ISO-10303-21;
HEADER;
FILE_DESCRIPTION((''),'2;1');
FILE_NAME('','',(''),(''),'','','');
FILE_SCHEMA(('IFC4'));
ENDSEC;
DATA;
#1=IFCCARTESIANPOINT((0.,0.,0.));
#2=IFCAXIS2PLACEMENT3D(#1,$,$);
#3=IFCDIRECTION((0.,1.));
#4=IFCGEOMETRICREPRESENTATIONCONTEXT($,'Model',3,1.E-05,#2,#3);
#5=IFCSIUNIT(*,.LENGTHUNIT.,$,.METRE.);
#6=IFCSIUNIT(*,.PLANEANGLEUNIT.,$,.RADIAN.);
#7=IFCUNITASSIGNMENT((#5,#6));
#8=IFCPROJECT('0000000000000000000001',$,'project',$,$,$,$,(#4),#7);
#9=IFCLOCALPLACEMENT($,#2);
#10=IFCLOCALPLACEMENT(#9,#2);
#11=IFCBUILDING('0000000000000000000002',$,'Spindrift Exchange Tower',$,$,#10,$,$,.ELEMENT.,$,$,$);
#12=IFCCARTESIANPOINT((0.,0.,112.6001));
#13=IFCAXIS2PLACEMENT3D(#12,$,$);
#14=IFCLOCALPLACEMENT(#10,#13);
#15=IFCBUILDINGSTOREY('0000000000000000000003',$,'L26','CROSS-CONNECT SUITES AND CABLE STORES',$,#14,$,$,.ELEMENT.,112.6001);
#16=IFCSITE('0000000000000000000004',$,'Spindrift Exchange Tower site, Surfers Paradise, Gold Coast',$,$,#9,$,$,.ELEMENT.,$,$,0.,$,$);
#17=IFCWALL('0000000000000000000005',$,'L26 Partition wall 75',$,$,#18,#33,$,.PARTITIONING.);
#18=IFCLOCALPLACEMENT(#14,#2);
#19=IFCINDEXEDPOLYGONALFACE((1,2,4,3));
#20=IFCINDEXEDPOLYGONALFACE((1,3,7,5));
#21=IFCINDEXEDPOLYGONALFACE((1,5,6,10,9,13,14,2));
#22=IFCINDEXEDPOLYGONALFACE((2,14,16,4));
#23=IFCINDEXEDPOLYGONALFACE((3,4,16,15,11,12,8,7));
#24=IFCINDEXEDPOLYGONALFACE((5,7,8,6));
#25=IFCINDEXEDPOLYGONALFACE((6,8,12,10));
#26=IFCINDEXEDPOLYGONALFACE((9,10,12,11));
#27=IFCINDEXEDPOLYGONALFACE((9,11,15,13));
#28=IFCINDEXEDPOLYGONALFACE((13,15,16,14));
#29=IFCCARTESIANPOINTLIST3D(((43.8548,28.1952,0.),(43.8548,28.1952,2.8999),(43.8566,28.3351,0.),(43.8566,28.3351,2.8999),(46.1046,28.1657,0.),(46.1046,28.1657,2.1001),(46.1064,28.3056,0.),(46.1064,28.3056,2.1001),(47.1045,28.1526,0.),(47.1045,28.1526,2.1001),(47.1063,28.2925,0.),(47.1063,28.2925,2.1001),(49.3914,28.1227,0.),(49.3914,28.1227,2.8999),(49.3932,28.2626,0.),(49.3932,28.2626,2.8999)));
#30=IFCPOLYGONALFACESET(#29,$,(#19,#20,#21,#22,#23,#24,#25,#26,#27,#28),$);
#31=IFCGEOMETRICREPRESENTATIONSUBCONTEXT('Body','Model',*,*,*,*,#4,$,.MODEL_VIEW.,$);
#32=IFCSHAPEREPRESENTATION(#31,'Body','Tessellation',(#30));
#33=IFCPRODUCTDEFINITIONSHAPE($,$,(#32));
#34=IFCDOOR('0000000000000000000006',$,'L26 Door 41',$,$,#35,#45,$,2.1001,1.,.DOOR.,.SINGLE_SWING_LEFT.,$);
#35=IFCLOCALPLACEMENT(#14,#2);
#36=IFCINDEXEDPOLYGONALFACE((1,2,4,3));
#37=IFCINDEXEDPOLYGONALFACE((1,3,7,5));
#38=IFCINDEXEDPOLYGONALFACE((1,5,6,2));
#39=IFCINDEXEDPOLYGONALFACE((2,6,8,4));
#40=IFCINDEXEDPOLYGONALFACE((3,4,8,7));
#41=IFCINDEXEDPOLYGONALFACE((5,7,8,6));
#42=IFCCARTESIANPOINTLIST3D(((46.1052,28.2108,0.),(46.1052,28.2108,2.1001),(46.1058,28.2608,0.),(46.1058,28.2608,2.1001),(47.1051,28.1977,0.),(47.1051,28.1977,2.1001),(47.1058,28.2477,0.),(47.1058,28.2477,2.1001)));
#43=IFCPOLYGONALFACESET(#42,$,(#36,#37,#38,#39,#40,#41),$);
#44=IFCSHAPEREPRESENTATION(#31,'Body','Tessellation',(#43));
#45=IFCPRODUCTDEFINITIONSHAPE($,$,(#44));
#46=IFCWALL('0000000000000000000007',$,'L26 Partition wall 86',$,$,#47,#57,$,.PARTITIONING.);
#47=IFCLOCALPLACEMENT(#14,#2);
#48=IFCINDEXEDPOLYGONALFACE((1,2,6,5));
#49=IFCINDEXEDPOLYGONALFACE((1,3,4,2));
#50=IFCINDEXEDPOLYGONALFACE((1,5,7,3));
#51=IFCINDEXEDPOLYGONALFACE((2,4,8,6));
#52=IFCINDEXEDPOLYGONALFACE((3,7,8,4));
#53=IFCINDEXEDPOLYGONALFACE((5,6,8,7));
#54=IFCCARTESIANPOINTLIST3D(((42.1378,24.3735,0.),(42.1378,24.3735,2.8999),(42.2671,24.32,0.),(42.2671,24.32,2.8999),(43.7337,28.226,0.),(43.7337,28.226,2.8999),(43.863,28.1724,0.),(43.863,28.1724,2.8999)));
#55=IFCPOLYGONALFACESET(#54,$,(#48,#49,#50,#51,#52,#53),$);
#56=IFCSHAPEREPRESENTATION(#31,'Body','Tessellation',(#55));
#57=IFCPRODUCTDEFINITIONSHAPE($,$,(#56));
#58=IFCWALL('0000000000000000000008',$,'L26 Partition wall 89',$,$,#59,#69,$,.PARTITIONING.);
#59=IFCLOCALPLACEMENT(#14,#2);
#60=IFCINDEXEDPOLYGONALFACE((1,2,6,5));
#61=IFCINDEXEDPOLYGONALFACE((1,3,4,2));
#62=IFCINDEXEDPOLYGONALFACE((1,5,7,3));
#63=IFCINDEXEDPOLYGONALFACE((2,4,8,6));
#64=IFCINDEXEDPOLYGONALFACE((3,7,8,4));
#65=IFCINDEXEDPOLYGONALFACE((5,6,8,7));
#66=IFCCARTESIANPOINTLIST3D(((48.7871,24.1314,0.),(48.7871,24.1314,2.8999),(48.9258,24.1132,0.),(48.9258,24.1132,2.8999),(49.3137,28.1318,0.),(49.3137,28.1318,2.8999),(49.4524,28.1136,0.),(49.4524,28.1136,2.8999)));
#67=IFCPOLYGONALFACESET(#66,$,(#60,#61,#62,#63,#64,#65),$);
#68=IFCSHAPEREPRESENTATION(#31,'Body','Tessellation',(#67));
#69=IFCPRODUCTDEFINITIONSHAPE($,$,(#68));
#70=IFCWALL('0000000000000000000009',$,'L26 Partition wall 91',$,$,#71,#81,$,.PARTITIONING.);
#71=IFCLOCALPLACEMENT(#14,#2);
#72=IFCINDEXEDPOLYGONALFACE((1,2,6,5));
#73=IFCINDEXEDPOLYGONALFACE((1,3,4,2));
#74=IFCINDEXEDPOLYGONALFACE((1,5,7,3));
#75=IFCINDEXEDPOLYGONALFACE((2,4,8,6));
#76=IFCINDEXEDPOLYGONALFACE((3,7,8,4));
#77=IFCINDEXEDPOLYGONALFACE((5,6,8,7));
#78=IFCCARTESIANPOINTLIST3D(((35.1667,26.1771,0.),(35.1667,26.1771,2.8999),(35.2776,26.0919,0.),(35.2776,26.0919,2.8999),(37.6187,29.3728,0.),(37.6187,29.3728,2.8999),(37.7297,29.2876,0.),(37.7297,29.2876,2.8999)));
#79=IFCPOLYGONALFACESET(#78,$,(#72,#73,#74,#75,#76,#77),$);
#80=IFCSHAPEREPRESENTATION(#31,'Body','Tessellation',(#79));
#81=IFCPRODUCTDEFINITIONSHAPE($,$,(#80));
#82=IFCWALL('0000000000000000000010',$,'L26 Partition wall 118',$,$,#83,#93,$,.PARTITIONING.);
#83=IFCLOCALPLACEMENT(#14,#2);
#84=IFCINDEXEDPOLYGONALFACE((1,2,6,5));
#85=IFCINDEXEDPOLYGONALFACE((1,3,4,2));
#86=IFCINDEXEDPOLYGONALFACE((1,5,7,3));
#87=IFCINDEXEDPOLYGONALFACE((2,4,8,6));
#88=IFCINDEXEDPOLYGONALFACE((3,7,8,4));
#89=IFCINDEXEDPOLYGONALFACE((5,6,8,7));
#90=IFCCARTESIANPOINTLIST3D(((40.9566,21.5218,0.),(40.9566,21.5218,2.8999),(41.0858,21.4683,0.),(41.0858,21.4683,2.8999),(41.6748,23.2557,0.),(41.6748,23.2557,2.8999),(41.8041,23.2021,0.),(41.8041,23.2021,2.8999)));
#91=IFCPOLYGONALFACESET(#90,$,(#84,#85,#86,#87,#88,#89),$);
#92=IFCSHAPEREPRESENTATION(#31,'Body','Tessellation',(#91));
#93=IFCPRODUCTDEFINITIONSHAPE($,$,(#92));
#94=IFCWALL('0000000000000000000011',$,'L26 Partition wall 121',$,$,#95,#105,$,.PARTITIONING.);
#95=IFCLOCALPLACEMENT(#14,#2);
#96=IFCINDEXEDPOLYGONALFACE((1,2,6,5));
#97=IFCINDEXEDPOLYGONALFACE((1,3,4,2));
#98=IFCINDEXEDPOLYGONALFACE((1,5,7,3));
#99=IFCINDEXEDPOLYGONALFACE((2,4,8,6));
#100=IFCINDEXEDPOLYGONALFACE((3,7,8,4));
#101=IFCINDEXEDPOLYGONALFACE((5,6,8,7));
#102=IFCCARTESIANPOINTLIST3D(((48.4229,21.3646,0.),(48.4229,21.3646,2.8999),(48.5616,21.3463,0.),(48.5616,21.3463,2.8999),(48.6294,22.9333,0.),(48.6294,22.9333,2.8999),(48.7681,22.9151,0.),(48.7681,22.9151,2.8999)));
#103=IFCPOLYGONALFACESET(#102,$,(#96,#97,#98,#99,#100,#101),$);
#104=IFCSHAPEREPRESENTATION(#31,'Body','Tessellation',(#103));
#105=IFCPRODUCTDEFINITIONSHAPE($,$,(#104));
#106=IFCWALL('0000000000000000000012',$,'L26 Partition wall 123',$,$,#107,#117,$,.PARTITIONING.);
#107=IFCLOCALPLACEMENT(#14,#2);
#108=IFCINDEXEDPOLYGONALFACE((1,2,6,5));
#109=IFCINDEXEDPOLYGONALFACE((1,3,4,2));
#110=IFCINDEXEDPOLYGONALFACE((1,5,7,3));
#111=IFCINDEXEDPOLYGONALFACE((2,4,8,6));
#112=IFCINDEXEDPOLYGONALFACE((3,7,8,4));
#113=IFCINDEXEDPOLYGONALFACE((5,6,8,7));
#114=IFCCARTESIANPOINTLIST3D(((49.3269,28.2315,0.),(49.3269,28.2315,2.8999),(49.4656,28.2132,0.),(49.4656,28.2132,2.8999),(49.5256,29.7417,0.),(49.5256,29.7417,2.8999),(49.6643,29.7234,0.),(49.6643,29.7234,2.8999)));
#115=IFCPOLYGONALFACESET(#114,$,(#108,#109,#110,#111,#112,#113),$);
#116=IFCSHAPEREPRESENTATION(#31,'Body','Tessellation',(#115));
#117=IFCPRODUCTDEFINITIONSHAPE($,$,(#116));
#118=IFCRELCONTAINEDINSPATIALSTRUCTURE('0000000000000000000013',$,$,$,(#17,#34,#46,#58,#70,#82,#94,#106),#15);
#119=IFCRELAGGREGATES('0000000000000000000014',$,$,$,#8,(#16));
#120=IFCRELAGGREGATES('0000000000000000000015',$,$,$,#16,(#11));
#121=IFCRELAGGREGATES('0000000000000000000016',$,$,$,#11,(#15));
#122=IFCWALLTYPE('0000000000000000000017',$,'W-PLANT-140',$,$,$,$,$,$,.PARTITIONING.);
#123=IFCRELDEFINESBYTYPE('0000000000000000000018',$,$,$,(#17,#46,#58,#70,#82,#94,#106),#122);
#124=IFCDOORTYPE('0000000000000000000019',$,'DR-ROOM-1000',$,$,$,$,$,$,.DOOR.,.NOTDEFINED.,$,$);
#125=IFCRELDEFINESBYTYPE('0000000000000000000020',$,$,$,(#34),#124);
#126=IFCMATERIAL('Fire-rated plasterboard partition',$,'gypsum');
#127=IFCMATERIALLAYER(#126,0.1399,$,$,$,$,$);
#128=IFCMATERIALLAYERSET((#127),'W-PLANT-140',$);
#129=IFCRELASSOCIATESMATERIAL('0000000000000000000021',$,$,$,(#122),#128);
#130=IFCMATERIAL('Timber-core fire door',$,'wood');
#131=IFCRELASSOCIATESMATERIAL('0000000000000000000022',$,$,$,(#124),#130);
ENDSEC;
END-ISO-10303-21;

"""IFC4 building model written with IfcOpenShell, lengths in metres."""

from ifc_helpers import new_model, si_unit, direction, frame, frame_2d, origin, place, context, subcontext, project, spatial, rectangle, extrude, source, transform, mapped, material, layer, layer_set, type_object, element, fill, save


model = new_model("IFC4")

# Units and contexts
model_context = context("Model", 3, precision=1e-05, world=origin(), true_north=direction((0.0, 1.0)))
body_context = subcontext(model_context, "Body", "Model", "MODEL_VIEW")
ifc_project = project(units=[si_unit("LENGTHUNIT", "METRE"), si_unit("PLANEANGLEUNIT", "RADIAN")], contexts=[model_context])

# Site, building, storey
site_placement = place(None, origin())
site = spatial("IfcSite", under=ifc_project, at=site_placement, Name="Spindrift Exchange Tower site, Surfers Paradise, Gold Coast", CompositionType="ELEMENT", RefElevation=0.0)
building_placement = place(site_placement, origin())
building = spatial("IfcBuilding", under=site, at=building_placement, Name="Spindrift Exchange Tower", CompositionType="ELEMENT")
storey_placement = place(building_placement, frame((0.0, 0.0, 112.6001)))
storey = spatial("IfcBuildingStorey", under=building, at=storey_placement, Name="L26", Description="CROSS-CONNECT SUITES AND CABLE STORES", CompositionType="ELEMENT", Elevation=112.6001)

# Wall, opening, door
ifc_material_1 = material(Name="Fire-rated plasterboard partition", Category="gypsum")
ifc_layer_1 = layer(ifc_material_1, 0.1399)
ifc_layer_set_1 = layer_set([ifc_layer_1], Name="W-PLANT-140")
wall_type = type_object("IfcWallType", Name="W-PLANT-140", PredefinedType="PARTITIONING", material=ifc_layer_set_1)
ifc_material_2 = material(Name="Timber-core fire door", Category="wood")
door_type = type_object("IfcDoorType", Name="DR-ROOM-1000", OperationType="NOTDEFINED", PredefinedType="DOOR", material=ifc_material_2)
shared_shape_1 = source(origin(), body_context, "Body", "SweptSolid", [
    extrude(rectangle(XDim=1.0, YDim=2.1001, at=frame_2d((0.5, 1.05))), frame((0.0, 0.0249, 0.0), z_axis=(0.0, -1.0, 0.0), x_axis=(1.0, 0.0, 0.0)), (0.0, 0.0, 1.0), 0.05),
])
wall_1_placement = place(storey_placement, frame((49.3923, 28.1926, 0.0), z_axis=(0.0, 0.0, 1.0), x_axis=(-0.999914, 0.013095, 0.0)))
wall_1 = element("IfcWall", 1, at=wall_1_placement, inside=storey, type_object=wall_type, Name="L26 Partition wall 75", PredefinedType="PARTITIONING", context=body_context, shape_type="SweptSolid", body=[
    extrude(rectangle(XDim=5.5371, YDim=0.1399, at=frame_2d((2.7686, 0.0))), origin(), (0.0, 0.0, 1.0), 2.8999),
])
opening_1_placement = place(wall_1_placement, frame((2.2871, 0.0, 0.0)))
opening_1 = element("IfcOpeningElement", 2, at=opening_1_placement, cuts=wall_1, PredefinedType="OPENING", context=body_context, shape_type="SweptSolid", body=[
    extrude(rectangle(XDim=1.0, YDim=2.1001, at=frame_2d((0.5, 1.05))), frame((0.0, 0.0798, 0.0), z_axis=(0.0, -1.0, 0.0), x_axis=(1.0, 0.0, 0.0)), (0.0, 0.0, 1.0), 0.1599),
])
door_1_placement = place(opening_1_placement, origin())
door_1 = element("IfcDoor", 3, at=door_1_placement, inside=storey, type_object=door_type, Name="L26 Door 41", OperationType="SINGLE_SWING_LEFT", OverallHeight=2.1001, OverallWidth=1.0, PredefinedType="DOOR", context=body_context, shape_type="MappedRepresentation", body=[
    mapped(shared_shape_1, transform((0.0, 0.0, 0.0), scale=1.0)),
])
fill(opening_1, door_1)

# Walls
wall_2_placement = place(storey_placement, frame((43.7983, 28.1992, 0.0), z_axis=(0.0, 0.0, 1.0), x_axis=(-0.382719, -0.923865, 0.0)))
element("IfcWall", 4, at=wall_2_placement, inside=storey, type_object=wall_type, Name="L26 Partition wall 86", PredefinedType="PARTITIONING", context=body_context, shape_type="SweptSolid", body=[
    extrude(rectangle(XDim=4.1699, YDim=0.1399, at=frame_2d((2.085, 0.0))), origin(), (0.0, 0.0, 1.0), 2.8999),
])
wall_3_placement = place(storey_placement, frame((49.3831, 28.1228, 0.0), z_axis=(0.0, 0.0, 1.0), x_axis=(-0.130511, -0.991447, 0.0)))
element("IfcWall", 5, at=wall_3_placement, inside=storey, type_object=wall_type, Name="L26 Partition wall 89", PredefinedType="PARTITIONING", context=body_context, shape_type="SweptSolid", body=[
    extrude(rectangle(XDim=4.0349, YDim=0.1399, at=frame_2d((2.0176, 0.0))), origin(), (0.0, 0.0, 1.0), 2.8999),
])
wall_4_placement = place(storey_placement, frame((37.6743, 29.3303, 0.0), z_axis=(0.0, 0.0, 1.0), x_axis=(-0.60875, -0.793362, 0.0)))
element("IfcWall", 6, at=wall_4_placement, inside=storey, type_object=wall_type, Name="L26 Partition wall 91", PredefinedType="PARTITIONING", context=body_context, shape_type="SweptSolid", body=[
    extrude(rectangle(XDim=4.0281, YDim=0.1399, at=frame_2d((2.0142, 0.0))), origin(), (0.0, 0.0, 1.0), 2.8999),
])
wall_5_placement = place(storey_placement, frame((41.7395, 23.229, 0.0), z_axis=(0.0, 0.0, 1.0), x_axis=(-0.382712, -0.923868, 0.0)))
element("IfcWall", 7, at=wall_5_placement, inside=storey, type_object=wall_type, Name="L26 Partition wall 118", PredefinedType="PARTITIONING", context=body_context, shape_type="SweptSolid", body=[
    extrude(rectangle(XDim=1.8767, YDim=0.1399, at=frame_2d((0.9385, 0.0))), origin(), (0.0, 0.0, 1.0), 2.8999),
])
wall_6_placement = place(storey_placement, frame((48.6987, 22.9241, 0.0), z_axis=(0.0, 0.0, 1.0), x_axis=(-0.130526, -0.991445, 0.0)))
element("IfcWall", 8, at=wall_6_placement, inside=storey, type_object=wall_type, Name="L26 Partition wall 121", PredefinedType="PARTITIONING", context=body_context, shape_type="SweptSolid", body=[
    extrude(rectangle(XDim=1.5823, YDim=0.1399, at=frame_2d((0.791, 0.0))), origin(), (0.0, 0.0, 1.0), 2.8999),
])
wall_7_placement = place(storey_placement, frame((49.595, 29.7327, 0.0), z_axis=(0.0, 0.0, 1.0), x_axis=(-0.130463, -0.991453, 0.0)))
element("IfcWall", 9, at=wall_7_placement, inside=storey, type_object=wall_type, Name="L26 Partition wall 123", PredefinedType="PARTITIONING", context=body_context, shape_type="SweptSolid", body=[
    extrude(rectangle(XDim=1.5232, YDim=0.1399, at=frame_2d((0.7617, 0.0))), origin(), (0.0, 0.0, 1.0), 2.8999),
])

save(model, "model.ifc")
